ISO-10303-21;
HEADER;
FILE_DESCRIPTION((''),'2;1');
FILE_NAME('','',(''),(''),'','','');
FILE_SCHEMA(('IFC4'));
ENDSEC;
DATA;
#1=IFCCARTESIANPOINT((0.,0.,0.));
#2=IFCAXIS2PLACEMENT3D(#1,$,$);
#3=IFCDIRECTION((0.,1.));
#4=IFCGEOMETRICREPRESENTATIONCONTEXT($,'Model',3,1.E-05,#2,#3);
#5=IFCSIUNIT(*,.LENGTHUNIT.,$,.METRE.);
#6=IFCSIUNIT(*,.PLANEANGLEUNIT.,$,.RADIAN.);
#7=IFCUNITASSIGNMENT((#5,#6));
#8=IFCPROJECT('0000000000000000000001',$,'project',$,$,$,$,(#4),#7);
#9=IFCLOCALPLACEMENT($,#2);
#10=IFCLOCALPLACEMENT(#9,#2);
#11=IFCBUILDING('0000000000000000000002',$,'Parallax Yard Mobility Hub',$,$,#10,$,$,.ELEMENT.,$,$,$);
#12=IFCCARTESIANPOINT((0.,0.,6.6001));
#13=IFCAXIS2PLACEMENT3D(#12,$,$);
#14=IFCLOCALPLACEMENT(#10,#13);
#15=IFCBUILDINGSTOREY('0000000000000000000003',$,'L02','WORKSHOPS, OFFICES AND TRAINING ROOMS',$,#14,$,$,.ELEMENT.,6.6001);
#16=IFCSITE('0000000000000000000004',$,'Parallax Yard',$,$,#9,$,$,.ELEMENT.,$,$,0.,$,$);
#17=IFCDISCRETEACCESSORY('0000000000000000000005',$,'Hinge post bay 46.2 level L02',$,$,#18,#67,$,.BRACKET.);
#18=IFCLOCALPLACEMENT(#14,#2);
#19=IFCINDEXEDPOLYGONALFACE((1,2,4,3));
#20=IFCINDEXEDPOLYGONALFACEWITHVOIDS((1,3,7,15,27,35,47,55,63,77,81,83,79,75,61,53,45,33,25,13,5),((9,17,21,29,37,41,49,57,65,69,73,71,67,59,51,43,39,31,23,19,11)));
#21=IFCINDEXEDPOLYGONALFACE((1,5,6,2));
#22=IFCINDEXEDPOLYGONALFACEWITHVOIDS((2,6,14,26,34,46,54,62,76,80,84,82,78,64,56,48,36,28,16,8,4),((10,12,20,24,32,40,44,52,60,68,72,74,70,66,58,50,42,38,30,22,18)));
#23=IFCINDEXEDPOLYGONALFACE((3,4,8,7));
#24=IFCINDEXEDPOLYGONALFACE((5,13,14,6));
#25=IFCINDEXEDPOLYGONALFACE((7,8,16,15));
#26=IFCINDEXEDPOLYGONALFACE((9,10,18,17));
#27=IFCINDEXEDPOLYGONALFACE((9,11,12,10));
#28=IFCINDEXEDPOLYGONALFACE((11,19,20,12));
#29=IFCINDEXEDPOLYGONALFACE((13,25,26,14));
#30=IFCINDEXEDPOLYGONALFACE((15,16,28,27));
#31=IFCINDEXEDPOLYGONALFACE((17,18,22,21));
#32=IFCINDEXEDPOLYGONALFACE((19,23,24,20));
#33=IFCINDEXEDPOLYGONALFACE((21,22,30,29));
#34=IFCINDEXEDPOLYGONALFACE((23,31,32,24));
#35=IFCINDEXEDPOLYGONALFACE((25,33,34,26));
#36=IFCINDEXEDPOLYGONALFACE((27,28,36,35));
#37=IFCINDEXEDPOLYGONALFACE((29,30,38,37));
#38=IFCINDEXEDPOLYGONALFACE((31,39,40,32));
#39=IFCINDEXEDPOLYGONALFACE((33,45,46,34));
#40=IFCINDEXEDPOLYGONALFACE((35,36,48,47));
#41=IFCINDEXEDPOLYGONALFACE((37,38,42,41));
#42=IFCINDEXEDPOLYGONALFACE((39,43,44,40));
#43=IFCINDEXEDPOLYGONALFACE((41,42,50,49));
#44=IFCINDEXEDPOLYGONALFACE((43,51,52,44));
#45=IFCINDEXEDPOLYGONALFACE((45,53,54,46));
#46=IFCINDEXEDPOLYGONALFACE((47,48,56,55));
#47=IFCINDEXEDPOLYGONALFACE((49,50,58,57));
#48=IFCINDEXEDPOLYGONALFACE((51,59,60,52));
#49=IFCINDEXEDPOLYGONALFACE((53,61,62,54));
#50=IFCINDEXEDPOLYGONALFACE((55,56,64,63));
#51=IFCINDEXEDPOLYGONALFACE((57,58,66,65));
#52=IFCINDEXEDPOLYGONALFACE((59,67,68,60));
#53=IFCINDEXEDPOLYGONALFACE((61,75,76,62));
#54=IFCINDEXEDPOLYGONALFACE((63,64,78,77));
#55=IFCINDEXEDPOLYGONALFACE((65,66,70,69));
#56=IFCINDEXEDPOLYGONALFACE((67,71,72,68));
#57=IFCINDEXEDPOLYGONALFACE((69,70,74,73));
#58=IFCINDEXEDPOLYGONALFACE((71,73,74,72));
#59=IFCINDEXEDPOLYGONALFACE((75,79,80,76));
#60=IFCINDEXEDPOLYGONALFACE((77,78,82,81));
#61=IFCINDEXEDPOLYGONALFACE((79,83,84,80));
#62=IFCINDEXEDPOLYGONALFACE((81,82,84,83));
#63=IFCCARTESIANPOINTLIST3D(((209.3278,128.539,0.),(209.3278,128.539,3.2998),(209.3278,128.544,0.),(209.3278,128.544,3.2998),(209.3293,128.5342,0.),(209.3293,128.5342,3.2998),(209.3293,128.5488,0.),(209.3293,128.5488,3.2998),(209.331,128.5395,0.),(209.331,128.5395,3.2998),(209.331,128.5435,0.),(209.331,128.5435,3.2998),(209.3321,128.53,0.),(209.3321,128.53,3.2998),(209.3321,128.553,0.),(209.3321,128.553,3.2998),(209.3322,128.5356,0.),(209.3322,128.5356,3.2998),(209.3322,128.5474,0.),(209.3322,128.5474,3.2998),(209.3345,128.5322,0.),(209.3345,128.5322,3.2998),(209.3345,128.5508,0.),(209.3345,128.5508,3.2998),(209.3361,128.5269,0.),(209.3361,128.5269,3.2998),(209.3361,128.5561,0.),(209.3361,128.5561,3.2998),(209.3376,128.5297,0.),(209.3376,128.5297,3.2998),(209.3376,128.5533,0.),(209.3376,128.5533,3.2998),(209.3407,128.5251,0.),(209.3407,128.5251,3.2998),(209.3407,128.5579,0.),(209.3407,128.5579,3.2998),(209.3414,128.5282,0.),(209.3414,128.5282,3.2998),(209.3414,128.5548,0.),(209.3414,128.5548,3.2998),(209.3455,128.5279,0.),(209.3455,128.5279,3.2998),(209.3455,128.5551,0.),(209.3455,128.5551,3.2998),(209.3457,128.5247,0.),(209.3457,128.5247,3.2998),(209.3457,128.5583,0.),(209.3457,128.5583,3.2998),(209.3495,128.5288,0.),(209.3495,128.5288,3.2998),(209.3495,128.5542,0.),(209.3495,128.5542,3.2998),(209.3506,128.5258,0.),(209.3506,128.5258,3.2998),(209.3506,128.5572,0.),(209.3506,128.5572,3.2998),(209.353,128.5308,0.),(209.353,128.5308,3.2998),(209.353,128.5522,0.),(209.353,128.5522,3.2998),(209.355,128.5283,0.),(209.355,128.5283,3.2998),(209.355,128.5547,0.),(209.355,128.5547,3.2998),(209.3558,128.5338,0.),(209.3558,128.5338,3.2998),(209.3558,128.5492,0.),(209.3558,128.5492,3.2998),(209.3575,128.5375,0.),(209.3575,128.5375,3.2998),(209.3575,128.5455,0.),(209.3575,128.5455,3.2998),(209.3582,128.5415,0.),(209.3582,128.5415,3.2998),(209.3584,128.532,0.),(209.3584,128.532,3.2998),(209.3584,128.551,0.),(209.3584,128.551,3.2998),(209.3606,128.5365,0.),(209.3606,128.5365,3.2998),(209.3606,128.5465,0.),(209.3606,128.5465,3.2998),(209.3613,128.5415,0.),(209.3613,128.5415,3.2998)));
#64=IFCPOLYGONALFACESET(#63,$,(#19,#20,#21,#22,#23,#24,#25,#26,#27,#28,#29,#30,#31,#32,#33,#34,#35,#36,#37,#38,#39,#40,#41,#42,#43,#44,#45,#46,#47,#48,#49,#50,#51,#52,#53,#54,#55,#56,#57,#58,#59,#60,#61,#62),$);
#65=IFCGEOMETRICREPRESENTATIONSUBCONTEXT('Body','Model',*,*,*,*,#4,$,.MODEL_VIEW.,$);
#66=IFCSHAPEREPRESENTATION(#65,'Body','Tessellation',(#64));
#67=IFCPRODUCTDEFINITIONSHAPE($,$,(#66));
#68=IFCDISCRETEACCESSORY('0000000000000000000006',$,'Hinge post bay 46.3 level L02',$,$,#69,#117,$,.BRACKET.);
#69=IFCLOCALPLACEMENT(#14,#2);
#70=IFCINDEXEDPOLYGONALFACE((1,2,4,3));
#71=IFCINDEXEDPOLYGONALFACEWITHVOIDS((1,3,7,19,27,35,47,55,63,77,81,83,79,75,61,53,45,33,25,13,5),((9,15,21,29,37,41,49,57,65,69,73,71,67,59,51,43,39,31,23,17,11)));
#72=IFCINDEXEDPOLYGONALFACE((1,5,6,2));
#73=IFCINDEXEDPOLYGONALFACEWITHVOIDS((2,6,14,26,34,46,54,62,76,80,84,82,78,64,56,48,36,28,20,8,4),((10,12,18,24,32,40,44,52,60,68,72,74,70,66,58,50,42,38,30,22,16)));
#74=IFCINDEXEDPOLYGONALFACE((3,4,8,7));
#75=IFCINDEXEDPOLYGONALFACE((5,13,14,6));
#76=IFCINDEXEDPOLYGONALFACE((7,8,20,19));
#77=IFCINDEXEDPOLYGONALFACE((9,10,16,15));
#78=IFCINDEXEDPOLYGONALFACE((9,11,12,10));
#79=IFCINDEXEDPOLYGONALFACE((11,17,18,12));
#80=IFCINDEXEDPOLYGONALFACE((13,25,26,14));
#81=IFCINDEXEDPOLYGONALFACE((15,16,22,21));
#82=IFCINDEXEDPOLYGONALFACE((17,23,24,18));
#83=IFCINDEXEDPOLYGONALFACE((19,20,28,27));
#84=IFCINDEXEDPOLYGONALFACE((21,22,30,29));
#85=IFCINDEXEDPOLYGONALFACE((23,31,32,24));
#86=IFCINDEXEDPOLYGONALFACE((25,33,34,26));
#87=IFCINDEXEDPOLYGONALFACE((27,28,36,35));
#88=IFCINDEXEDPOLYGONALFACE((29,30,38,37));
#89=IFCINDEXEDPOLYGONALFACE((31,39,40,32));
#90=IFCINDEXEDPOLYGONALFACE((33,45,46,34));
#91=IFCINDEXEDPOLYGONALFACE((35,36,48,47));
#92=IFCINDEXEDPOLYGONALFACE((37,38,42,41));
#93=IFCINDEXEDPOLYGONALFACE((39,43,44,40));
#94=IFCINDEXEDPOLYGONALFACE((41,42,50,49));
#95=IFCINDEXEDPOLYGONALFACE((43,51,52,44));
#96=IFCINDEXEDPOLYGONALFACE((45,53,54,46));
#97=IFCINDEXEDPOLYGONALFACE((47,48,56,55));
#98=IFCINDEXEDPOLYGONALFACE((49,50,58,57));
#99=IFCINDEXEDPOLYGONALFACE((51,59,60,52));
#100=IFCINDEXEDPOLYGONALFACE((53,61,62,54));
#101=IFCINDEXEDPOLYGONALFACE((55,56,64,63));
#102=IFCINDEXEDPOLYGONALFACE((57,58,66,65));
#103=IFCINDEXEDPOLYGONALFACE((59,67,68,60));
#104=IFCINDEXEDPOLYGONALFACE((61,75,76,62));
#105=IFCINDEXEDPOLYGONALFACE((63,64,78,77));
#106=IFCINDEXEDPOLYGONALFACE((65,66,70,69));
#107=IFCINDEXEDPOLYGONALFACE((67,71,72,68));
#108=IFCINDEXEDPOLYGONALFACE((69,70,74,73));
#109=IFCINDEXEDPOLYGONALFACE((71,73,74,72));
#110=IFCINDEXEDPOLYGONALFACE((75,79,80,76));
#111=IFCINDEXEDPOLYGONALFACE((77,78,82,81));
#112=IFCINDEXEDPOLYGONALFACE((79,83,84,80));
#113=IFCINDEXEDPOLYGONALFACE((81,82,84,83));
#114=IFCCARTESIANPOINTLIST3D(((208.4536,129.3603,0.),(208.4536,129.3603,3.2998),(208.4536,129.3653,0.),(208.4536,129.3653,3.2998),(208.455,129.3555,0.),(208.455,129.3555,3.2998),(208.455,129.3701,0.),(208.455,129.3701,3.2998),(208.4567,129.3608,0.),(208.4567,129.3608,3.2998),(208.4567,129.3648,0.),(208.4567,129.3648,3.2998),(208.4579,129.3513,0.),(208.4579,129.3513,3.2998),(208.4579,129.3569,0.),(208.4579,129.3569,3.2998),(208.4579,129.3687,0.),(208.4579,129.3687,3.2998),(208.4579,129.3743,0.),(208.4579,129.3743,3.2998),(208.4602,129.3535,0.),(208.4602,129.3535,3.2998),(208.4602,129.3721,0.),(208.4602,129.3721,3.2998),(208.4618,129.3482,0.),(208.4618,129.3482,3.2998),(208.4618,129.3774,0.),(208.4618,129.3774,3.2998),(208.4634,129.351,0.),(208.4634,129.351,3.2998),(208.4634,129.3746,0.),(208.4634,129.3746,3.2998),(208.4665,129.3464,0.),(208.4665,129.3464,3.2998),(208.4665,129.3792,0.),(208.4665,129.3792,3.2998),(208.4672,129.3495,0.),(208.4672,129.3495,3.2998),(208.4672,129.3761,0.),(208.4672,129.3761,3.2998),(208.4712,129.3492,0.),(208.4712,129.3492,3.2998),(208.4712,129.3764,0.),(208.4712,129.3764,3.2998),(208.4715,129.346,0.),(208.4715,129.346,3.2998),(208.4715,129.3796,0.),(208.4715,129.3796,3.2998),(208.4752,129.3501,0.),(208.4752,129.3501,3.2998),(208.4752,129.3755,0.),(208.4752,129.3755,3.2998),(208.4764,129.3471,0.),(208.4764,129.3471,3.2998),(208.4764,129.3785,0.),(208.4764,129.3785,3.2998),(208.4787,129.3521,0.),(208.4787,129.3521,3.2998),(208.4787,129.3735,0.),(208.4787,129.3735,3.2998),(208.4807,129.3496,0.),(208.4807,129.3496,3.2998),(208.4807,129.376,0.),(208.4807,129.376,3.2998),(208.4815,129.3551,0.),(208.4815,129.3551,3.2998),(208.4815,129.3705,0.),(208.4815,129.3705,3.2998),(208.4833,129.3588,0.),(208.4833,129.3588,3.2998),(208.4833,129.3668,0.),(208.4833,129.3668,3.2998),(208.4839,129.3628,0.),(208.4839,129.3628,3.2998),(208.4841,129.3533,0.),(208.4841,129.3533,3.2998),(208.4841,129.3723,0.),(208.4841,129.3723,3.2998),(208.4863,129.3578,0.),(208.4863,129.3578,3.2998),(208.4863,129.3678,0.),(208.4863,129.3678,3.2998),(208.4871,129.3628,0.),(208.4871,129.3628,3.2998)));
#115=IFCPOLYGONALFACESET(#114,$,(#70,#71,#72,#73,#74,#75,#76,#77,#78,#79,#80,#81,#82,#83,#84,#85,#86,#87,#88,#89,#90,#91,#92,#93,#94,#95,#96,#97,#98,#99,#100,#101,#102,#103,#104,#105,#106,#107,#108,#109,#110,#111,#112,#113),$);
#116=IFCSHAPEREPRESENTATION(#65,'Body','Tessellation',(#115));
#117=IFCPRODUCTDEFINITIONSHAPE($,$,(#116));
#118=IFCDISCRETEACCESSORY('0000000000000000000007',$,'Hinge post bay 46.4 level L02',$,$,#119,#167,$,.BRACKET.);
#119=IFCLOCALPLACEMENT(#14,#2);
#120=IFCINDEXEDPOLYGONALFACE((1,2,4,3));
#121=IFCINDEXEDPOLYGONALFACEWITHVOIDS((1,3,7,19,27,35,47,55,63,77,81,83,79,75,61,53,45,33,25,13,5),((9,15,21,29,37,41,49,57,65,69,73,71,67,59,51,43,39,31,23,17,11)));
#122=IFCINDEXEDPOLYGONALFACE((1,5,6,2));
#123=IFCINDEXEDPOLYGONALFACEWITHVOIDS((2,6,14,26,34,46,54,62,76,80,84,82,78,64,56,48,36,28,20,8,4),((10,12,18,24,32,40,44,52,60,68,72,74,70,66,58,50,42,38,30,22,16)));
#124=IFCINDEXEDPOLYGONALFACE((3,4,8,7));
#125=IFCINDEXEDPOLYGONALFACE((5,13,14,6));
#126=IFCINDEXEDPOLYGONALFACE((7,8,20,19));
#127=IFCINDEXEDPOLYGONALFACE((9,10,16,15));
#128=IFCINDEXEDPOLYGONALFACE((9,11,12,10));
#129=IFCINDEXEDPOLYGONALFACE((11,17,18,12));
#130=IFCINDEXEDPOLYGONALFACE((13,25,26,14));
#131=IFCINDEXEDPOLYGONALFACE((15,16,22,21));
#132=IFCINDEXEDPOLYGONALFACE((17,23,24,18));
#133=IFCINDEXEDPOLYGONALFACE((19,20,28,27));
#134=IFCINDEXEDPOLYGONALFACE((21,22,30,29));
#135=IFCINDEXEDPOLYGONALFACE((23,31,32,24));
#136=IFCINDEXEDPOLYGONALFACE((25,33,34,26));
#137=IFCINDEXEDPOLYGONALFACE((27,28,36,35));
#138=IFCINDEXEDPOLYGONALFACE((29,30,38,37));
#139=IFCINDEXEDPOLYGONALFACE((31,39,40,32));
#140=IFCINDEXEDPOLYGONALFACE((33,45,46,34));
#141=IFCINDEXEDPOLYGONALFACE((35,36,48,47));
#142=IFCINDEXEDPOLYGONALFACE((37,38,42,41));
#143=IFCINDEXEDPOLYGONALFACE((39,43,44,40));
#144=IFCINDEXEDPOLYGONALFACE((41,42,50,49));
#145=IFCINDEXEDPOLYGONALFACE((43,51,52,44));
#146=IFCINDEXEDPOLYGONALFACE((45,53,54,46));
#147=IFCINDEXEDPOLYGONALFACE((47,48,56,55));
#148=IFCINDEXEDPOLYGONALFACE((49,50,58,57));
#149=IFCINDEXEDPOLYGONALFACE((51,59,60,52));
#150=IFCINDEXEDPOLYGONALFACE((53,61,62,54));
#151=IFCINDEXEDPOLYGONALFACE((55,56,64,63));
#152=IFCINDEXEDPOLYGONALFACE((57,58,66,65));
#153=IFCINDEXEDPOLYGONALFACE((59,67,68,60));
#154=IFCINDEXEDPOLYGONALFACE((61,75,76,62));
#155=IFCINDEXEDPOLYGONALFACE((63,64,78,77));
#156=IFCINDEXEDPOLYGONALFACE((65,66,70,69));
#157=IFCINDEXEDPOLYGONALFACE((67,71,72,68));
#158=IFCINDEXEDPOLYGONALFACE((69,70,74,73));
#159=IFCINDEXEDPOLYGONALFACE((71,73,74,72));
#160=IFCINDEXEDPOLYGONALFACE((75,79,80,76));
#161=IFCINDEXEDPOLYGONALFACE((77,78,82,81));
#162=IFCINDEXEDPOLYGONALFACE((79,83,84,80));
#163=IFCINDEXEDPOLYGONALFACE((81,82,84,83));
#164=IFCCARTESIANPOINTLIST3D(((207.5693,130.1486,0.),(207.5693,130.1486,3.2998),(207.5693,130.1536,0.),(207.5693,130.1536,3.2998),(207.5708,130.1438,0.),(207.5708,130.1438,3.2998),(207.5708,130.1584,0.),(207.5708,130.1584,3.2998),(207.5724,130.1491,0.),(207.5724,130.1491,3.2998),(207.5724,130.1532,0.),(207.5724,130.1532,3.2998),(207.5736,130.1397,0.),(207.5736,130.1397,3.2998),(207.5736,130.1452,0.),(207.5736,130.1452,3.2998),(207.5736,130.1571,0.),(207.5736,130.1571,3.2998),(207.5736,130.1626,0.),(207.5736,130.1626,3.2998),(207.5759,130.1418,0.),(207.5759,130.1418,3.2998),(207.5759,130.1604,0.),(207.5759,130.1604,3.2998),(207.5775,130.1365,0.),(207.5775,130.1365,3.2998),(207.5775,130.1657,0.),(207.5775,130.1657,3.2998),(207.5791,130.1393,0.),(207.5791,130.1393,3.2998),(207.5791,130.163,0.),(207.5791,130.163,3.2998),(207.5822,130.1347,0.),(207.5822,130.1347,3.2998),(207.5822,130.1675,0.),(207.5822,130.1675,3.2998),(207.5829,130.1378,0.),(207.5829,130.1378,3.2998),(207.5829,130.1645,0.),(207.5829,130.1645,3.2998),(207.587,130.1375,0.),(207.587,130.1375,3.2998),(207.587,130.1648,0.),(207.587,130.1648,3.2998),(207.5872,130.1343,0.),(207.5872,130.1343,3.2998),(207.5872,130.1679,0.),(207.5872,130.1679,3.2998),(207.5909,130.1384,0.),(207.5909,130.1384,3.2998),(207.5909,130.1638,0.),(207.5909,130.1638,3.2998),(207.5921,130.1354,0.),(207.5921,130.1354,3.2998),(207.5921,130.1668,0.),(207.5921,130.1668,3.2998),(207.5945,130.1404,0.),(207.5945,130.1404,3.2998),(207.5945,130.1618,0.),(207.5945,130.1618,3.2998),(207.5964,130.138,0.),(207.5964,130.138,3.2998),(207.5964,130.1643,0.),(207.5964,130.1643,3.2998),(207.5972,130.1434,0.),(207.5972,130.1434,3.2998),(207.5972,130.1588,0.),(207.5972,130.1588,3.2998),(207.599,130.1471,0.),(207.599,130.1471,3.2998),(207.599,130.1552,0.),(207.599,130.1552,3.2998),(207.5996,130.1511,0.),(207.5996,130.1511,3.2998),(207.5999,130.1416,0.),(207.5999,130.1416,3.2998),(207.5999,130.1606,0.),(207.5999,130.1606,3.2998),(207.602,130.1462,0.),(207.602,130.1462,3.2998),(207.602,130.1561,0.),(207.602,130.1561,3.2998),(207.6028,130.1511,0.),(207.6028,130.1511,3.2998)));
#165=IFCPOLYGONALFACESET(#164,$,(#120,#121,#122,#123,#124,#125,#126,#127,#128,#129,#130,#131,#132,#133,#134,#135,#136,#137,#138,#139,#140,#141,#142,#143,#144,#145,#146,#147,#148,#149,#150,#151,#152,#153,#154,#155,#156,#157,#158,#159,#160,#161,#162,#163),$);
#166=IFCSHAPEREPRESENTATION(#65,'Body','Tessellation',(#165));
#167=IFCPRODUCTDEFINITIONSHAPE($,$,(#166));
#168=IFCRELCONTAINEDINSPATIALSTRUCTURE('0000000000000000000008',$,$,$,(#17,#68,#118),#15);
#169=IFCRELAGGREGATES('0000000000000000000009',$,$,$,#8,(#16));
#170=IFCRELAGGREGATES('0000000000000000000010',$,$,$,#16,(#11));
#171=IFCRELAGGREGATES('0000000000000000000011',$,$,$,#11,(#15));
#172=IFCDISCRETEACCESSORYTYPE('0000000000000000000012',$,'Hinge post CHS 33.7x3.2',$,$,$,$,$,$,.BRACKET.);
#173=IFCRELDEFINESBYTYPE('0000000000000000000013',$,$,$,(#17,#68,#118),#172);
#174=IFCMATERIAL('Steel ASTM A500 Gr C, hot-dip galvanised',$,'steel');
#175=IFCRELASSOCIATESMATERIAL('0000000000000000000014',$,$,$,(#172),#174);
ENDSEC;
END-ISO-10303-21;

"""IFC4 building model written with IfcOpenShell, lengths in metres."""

from ifc_helpers import new_model, si_unit, direction, frame, origin, origin_2d, place, context, subcontext, project, spatial, hollow_circle, extrude, material, material_profile, profile_set, type_object, element, save


model = new_model("IFC4")

# Units and contexts
model_context = context("Model", 3, precision=1e-05, world=origin(), true_north=direction((0.0, 1.0)))
body_context = subcontext(model_context, "Body", "Model", "MODEL_VIEW")
ifc_project = project(units=[si_unit("LENGTHUNIT", "METRE"), si_unit("PLANEANGLEUNIT", "RADIAN")], contexts=[model_context])

# Site, building, storey
site_placement = place(None, origin())
site = spatial("IfcSite", under=ifc_project, at=site_placement, Name="Parallax Yard", CompositionType="ELEMENT", RefElevation=0.0)
building_placement = place(site_placement, origin())
building = spatial("IfcBuilding", under=site, at=building_placement, Name="Parallax Yard Mobility Hub", CompositionType="ELEMENT")
storey_placement = place(building_placement, frame((0.0, 0.0, 6.6001)))
storey = spatial("IfcBuildingStorey", under=building, at=storey_placement, Name="L02", Description="WORKSHOPS, OFFICES AND TRAINING ROOMS", CompositionType="ELEMENT", Elevation=6.6001)

# Discrete accessories
ifc_material_1 = material(Name="Steel ASTM A500 Gr C, hot-dip galvanised", Category="steel")
ifc_material_profile_1 = material_profile(ifc_material_1, hollow_circle(Radius=0.0168, WallThickness=0.0032, at=origin_2d()), Name="CHS 33.7x3.2")
ifc_profile_set_1 = profile_set([ifc_material_profile_1], Name="Steel ASTM A500 Gr C, hot-dip galvanised")
discrete_accessory_type_1 = type_object("IfcDiscreteAccessoryType", Name="Hinge post CHS 33.7x3.2", PredefinedType="BRACKET", material=ifc_profile_set_1)
for number, where, z_axis, x_axis, name in (
    (1, (209.3445, 128.5415, 0.0), (0.0, 0.0, 1.0), (1.0, 0.0, 0.0), "Hinge post bay 46.2 level L02"),
    (2, (208.4702, 129.3628, 0.0), (0.0, 0.0, 1.0), (1.0, 0.0, 0.0), "Hinge post bay 46.3 level L02"),
    (3, (207.5859, 130.1511, 0.0), (0.0, 0.0, 1.0), (1.0, 0.0, 0.0), "Hinge post bay 46.4 level L02"),
):
    element("IfcDiscreteAccessory", number, at=place(storey_placement, frame(where, z_axis=z_axis, x_axis=x_axis)), inside=storey, type_object=discrete_accessory_type_1, Name=name, PredefinedType="BRACKET", context=body_context, shape_type="SweptSolid", body=[
        extrude(hollow_circle(Radius=0.0168, WallThickness=0.0032, at=origin_2d()), origin(), (0.0, 0.0, 1.0), 3.2998),
    ])

save(model, "model.ifc")
